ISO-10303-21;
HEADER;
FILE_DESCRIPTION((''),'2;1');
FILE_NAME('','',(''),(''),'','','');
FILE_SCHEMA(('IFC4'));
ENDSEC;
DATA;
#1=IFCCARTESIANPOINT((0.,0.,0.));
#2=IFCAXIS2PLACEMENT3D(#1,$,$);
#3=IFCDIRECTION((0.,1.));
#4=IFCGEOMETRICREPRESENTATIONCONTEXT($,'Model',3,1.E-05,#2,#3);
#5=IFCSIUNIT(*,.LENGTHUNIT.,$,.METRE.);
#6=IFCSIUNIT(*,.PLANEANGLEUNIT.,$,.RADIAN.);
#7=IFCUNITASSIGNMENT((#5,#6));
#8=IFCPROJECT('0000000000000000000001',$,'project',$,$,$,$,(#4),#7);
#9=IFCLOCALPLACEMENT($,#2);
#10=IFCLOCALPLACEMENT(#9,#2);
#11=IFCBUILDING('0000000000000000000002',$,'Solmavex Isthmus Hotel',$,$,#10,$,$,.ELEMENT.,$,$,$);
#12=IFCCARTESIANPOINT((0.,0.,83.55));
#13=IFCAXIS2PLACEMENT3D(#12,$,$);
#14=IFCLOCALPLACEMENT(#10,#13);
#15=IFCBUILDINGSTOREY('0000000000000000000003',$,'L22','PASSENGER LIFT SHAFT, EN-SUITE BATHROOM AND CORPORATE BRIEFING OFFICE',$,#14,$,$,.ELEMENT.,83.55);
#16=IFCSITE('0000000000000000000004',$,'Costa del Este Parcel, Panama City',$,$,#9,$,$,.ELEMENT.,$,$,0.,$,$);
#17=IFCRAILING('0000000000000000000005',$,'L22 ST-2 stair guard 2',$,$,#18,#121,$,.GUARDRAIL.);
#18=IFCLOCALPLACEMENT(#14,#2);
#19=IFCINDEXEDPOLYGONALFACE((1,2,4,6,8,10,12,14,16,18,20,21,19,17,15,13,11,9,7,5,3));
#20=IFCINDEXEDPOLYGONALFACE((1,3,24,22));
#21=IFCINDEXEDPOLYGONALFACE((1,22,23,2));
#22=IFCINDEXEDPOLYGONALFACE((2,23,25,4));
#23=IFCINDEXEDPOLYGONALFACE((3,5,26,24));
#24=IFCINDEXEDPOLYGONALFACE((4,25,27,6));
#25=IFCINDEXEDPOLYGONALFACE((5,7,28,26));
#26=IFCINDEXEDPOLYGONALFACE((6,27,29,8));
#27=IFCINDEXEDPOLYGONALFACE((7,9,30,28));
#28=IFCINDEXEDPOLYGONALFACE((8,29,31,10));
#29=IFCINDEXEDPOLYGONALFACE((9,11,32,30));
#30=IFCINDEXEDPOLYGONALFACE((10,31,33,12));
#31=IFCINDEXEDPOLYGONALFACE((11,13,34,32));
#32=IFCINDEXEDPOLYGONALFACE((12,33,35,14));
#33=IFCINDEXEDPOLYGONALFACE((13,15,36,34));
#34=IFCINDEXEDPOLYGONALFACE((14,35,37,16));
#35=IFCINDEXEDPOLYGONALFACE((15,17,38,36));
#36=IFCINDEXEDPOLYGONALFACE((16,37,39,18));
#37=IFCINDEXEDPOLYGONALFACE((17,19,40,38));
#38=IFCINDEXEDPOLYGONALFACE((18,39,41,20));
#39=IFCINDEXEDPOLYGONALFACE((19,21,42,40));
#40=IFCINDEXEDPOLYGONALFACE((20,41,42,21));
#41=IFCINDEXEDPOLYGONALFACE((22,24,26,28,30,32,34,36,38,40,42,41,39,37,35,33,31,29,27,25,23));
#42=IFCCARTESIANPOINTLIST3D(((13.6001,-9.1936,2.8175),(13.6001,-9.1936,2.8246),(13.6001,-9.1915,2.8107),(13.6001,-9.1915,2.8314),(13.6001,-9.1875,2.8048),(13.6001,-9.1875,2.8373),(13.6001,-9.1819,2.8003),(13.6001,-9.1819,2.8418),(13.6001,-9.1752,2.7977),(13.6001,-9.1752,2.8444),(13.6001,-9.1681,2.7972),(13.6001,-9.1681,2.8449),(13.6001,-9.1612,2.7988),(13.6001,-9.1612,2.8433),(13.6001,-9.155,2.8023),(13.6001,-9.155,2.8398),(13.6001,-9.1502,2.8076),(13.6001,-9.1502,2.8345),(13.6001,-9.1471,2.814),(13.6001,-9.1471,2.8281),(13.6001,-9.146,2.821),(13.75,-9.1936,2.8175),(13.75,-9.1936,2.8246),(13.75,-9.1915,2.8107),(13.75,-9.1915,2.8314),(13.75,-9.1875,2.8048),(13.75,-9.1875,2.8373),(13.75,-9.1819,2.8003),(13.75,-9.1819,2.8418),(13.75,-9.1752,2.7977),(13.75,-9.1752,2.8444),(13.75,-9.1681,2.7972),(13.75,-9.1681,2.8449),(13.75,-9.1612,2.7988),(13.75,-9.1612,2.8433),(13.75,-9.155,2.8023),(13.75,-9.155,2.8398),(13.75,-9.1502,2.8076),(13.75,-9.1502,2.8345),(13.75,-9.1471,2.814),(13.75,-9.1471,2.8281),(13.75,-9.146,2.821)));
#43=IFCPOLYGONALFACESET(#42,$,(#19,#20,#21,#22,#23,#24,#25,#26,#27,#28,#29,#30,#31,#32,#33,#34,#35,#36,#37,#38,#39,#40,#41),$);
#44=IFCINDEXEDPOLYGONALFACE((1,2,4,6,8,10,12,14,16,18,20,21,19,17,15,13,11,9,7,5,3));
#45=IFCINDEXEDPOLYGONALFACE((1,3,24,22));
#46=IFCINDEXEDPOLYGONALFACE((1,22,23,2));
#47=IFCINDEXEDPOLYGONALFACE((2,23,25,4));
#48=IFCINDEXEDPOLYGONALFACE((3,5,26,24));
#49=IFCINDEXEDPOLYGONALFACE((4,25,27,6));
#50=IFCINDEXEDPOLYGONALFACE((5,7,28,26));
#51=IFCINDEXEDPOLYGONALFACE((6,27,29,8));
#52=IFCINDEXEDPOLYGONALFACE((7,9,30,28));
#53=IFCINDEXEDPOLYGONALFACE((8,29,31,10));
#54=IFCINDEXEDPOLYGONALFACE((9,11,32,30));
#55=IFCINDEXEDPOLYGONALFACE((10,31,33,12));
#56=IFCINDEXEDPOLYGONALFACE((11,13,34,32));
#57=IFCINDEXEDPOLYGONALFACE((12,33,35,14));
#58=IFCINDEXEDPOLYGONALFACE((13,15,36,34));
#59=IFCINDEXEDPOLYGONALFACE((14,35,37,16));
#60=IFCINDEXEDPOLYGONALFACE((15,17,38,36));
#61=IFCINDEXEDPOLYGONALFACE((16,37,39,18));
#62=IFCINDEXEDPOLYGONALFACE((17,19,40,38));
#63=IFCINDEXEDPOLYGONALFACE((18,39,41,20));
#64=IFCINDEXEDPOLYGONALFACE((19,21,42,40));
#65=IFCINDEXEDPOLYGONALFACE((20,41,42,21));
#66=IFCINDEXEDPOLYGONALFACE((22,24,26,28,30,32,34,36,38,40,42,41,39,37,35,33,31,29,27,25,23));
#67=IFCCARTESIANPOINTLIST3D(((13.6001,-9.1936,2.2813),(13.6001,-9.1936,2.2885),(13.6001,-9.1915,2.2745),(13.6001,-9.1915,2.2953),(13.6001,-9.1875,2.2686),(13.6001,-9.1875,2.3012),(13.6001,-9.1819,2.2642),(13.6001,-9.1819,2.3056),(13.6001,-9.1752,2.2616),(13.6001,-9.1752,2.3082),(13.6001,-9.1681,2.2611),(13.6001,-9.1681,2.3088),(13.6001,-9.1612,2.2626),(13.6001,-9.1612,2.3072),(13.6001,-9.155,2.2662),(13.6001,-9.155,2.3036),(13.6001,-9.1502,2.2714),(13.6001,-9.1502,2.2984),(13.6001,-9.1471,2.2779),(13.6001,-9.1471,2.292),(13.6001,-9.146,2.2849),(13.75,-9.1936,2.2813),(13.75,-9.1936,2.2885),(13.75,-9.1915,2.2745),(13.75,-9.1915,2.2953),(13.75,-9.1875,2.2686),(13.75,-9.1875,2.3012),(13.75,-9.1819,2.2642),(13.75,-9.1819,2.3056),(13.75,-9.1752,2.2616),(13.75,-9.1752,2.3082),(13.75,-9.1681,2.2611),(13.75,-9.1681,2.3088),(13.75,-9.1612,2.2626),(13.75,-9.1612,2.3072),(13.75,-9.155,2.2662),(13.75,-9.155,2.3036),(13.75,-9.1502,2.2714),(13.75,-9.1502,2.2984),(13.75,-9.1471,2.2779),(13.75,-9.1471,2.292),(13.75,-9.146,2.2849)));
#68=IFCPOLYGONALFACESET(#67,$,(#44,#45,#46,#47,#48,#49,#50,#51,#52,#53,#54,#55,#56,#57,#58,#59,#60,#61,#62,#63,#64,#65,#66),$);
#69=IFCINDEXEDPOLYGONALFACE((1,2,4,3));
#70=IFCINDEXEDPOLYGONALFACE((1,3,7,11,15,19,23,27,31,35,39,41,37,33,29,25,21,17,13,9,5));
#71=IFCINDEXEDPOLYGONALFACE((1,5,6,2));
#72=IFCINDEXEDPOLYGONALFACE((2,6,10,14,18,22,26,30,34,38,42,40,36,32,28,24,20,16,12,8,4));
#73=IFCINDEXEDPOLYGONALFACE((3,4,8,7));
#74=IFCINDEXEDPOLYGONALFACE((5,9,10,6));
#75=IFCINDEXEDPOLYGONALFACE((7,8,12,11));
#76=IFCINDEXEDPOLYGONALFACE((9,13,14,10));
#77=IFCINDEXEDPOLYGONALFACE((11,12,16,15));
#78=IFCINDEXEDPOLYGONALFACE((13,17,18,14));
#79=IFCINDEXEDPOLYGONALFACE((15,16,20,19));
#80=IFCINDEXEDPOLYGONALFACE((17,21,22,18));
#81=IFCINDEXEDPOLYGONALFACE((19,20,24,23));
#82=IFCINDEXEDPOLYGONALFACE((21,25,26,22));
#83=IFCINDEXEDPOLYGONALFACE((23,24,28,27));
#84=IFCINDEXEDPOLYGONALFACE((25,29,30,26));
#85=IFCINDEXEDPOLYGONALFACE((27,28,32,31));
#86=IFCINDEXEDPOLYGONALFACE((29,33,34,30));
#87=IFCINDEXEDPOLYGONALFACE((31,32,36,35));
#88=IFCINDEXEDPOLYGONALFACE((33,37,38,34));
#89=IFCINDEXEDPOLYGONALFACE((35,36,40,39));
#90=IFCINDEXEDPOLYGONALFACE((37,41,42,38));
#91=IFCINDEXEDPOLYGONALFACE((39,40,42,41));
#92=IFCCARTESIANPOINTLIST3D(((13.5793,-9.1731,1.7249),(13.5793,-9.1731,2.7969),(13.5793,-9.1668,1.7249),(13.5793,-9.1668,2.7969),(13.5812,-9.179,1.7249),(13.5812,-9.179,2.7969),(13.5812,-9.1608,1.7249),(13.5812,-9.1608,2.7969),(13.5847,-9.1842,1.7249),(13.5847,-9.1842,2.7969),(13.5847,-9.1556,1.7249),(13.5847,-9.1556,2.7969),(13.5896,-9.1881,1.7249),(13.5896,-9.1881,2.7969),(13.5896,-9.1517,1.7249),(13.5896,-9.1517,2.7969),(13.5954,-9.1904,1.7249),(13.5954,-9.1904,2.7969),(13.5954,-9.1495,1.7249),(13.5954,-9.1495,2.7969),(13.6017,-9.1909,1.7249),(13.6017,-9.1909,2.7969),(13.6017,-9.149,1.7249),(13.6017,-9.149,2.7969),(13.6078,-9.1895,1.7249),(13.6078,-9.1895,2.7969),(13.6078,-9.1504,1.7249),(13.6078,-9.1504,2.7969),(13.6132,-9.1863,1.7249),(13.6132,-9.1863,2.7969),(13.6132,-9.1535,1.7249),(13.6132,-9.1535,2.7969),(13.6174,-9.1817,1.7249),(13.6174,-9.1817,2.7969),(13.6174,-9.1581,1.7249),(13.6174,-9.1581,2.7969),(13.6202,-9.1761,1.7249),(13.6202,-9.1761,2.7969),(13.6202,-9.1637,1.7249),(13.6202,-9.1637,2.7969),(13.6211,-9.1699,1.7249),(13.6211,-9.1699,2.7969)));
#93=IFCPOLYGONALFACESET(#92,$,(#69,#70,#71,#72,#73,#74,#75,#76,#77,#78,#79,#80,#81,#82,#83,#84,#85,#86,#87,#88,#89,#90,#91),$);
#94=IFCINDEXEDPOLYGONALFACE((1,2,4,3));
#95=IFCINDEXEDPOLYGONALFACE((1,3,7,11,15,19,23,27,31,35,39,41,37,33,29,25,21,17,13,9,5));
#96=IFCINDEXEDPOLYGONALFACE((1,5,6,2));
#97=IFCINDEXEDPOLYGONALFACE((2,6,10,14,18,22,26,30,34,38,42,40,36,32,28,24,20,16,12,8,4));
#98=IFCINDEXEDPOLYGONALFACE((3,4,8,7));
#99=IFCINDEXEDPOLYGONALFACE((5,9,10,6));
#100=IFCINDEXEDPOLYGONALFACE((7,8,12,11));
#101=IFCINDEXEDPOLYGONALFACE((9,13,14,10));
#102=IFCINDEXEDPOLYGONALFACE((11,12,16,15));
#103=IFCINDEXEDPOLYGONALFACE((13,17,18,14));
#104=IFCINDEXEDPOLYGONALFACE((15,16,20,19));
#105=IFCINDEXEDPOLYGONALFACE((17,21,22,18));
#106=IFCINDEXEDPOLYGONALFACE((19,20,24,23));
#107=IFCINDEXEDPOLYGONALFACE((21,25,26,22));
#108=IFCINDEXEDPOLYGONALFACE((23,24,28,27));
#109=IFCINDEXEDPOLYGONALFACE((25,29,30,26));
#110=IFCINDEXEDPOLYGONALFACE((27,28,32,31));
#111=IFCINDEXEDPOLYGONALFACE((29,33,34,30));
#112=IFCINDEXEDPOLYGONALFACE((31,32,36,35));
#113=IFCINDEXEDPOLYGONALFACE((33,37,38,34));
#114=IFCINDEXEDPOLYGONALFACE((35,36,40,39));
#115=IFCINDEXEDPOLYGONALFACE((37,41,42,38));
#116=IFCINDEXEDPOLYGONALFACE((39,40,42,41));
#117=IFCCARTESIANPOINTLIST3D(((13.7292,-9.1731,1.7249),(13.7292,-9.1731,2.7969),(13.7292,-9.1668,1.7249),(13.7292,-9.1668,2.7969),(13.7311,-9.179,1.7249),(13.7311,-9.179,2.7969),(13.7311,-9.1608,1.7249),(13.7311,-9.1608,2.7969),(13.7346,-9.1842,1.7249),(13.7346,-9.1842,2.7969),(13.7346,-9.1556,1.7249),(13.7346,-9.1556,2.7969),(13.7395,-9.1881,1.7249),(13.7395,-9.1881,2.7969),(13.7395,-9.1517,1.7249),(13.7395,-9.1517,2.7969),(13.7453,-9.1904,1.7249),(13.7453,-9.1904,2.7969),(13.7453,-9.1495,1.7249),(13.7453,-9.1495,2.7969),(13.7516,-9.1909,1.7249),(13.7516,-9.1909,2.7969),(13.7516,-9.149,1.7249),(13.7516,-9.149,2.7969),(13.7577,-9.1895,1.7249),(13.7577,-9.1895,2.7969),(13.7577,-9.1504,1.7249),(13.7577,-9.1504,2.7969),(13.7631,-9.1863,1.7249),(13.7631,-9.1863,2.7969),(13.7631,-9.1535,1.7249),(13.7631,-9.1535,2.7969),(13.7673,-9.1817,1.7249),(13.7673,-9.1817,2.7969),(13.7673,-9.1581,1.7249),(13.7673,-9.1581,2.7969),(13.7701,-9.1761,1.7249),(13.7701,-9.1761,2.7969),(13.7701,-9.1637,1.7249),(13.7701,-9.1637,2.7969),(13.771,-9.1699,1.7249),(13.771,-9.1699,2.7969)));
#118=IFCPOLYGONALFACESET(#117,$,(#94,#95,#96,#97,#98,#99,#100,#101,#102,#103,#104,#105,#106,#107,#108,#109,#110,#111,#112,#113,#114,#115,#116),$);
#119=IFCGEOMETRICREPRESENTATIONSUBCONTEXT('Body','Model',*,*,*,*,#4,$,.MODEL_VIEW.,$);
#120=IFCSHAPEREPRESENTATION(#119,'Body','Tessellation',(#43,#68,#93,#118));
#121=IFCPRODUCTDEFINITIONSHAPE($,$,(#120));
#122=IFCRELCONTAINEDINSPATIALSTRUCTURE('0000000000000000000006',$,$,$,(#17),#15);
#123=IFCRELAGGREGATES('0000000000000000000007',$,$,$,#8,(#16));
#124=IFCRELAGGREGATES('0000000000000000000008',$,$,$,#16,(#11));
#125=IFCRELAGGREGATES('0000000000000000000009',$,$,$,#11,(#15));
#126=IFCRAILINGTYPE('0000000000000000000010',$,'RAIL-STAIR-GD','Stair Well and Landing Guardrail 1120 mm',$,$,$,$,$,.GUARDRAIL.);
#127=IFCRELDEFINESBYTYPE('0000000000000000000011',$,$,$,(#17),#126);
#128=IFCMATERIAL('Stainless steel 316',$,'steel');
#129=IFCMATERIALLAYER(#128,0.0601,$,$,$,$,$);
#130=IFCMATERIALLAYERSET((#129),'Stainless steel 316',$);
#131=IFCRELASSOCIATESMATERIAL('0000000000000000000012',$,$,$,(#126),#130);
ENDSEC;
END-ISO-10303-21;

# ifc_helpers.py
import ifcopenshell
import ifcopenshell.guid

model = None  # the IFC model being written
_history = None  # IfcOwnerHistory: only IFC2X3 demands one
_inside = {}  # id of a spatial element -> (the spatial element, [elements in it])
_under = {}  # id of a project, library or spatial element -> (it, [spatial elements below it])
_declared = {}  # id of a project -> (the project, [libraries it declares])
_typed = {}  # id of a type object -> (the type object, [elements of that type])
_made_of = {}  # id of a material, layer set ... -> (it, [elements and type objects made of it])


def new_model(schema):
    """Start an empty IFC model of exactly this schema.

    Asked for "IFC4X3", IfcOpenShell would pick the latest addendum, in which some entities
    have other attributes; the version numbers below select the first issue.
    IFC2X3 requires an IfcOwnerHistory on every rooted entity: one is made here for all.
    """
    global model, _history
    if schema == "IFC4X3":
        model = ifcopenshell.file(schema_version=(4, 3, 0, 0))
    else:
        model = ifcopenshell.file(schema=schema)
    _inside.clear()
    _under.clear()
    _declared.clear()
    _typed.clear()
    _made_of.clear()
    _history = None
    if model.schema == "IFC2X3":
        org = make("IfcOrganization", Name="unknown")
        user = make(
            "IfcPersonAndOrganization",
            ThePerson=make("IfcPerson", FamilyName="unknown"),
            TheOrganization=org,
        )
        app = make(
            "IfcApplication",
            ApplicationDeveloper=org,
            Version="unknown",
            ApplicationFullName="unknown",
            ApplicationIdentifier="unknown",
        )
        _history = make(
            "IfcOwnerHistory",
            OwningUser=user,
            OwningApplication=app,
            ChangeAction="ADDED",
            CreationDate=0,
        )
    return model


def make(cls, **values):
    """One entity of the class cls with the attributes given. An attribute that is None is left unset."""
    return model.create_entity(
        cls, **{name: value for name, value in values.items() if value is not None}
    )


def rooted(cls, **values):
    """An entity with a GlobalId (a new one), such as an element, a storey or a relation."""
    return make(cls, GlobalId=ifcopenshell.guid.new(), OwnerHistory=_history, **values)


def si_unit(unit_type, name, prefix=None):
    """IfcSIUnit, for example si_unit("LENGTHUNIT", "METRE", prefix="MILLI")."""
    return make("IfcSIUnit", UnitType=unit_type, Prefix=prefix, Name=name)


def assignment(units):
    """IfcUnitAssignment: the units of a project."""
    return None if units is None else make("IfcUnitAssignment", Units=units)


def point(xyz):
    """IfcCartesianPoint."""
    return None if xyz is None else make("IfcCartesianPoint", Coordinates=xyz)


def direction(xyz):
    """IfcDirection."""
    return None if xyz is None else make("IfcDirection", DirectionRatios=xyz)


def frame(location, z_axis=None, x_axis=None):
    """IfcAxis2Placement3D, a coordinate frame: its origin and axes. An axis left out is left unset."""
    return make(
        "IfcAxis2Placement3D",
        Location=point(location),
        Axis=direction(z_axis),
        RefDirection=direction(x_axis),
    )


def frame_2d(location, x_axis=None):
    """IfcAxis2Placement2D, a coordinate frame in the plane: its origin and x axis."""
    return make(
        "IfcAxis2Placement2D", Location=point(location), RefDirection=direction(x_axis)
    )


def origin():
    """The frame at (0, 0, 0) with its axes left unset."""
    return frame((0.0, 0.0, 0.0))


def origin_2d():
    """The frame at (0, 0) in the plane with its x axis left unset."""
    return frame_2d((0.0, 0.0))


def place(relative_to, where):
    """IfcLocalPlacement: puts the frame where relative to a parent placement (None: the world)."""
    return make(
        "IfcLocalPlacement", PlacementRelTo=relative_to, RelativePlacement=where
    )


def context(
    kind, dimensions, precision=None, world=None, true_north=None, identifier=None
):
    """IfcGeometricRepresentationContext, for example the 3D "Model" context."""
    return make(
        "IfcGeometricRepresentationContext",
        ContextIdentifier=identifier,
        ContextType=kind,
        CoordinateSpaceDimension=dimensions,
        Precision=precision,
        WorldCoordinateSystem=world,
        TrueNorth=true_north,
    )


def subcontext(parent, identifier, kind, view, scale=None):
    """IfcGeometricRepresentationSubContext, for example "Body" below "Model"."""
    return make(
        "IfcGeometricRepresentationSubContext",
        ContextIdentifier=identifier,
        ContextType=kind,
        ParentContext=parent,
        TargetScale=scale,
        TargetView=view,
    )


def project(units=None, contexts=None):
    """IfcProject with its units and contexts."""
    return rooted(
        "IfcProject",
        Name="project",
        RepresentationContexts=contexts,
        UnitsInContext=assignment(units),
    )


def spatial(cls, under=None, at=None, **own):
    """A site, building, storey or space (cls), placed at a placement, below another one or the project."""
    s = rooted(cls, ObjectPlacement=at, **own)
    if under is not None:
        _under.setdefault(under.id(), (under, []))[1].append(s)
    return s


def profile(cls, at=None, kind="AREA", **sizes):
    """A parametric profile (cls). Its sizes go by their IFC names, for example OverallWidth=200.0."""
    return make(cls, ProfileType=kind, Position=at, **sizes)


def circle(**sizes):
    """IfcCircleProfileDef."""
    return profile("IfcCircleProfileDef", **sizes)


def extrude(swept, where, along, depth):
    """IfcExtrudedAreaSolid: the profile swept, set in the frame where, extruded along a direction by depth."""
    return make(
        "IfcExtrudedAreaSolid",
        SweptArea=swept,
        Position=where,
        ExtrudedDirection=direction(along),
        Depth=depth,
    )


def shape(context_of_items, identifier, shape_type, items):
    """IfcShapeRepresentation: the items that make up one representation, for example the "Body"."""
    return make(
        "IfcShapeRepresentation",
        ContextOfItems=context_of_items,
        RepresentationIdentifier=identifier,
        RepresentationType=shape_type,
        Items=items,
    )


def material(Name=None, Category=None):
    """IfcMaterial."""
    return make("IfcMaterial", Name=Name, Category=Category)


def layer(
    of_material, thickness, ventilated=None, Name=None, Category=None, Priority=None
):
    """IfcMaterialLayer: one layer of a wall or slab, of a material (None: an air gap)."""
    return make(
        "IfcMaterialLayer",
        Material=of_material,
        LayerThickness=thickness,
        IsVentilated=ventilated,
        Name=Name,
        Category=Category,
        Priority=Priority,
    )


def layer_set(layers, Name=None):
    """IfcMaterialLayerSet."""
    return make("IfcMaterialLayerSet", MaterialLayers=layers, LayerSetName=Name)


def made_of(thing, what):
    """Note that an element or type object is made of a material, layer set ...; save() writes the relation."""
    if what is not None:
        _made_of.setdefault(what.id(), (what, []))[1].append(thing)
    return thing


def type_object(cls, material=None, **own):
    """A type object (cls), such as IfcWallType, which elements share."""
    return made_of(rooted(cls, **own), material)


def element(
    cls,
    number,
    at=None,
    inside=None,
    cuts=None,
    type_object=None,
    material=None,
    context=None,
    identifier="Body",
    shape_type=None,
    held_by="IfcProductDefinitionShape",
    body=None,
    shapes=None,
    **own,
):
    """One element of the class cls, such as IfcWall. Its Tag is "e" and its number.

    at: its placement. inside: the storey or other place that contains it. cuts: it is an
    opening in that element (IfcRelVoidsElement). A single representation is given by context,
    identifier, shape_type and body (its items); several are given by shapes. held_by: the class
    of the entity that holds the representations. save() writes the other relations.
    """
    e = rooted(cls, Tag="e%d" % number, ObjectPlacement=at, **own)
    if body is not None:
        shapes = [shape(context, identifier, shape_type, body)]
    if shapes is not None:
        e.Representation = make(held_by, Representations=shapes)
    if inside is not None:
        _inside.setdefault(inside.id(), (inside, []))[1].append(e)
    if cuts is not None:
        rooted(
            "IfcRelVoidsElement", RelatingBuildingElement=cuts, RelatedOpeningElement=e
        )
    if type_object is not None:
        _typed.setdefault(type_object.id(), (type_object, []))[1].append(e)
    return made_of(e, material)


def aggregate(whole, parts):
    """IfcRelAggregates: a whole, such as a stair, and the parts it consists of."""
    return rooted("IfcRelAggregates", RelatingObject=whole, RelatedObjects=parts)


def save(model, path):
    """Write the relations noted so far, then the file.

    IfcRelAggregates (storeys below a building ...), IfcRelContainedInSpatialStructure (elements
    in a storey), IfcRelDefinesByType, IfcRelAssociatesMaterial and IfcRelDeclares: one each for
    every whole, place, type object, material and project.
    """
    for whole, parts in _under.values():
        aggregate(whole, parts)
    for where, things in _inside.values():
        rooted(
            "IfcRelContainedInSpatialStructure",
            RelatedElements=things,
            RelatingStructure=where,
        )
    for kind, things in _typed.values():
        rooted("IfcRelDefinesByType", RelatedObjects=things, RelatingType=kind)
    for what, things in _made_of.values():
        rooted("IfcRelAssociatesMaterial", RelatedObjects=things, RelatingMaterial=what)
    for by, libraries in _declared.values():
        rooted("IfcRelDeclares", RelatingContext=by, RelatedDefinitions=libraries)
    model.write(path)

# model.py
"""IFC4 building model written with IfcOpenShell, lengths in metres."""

from ifc_helpers import new_model, si_unit, direction, frame, origin, origin_2d, place, context, subcontext, project, spatial, circle, extrude, material, layer, layer_set, type_object, element, save


model = new_model("IFC4")

# Units and contexts
model_context = context("Model", 3, precision=1e-05, world=origin(), true_north=direction((0.0, 1.0)))
body_context = subcontext(model_context, "Body", "Model", "MODEL_VIEW")
ifc_project = project(units=[si_unit("LENGTHUNIT", "METRE"), si_unit("PLANEANGLEUNIT", "RADIAN")], contexts=[model_context])

# Site, building, storey
site_placement = place(None, origin())
site = spatial("IfcSite", under=ifc_project, at=site_placement, Name="Costa del Este Parcel, Panama City", CompositionType="ELEMENT", RefElevation=0.0)
building_placement = place(site_placement, origin())
building = spatial("IfcBuilding", under=site, at=building_placement, Name="Solmavex Isthmus Hotel", CompositionType="ELEMENT")
storey_placement = place(building_placement, frame((0.0, 0.0, 83.55)))
storey = spatial("IfcBuildingStorey", under=building, at=storey_placement, Name="L22", Description="PASSENGER LIFT SHAFT, EN-SUITE BATHROOM AND CORPORATE BRIEFING OFFICE", CompositionType="ELEMENT", Elevation=83.55)

# Railing
ifc_material_1 = material(Name="Stainless steel 316", Category="steel")
ifc_layer_1 = layer(ifc_material_1, 0.0601)
ifc_layer_set_1 = layer_set([ifc_layer_1], Name="Stainless steel 316")
railing_type_1 = type_object("IfcRailingType", Name="RAIL-STAIR-GD", Description="Stair Well and Landing Guardrail 1120 mm", PredefinedType="GUARDRAIL", material=ifc_layer_set_1)
railing_1_placement = place(storey_placement, frame((13.6001, -9.1699, 1.7249)))
element("IfcRailing", 1, at=railing_1_placement, inside=storey, type_object=railing_type_1, Name="L22 ST-2 stair guard 2", PredefinedType="GUARDRAIL", context=body_context, shape_type="SweptSolid", body=[
    extrude(circle(Radius=0.0239, at=origin_2d()), frame((0.0, 0.0, 1.0962), z_axis=(1.0, 0.0, 0.0), x_axis=(0.0, 1.0, 0.0)), (0.0, 0.0, 1.0), 0.1499),
    extrude(circle(Radius=0.0239, at=origin_2d()), frame((0.0, 0.0, 0.5601), z_axis=(1.0, 0.0, 0.0), x_axis=(0.0, 1.0, 0.0)), (0.0, 0.0, 1.0), 0.1499),
    extrude(circle(Radius=0.021, at=origin_2d()), origin(), (0.0, 0.0, 1.0), 1.072),
    extrude(circle(Radius=0.021, at=origin_2d()), frame((0.1499, 0.0, 0.0)), (0.0, 0.0, 1.0), 1.072),
])

save(model, "model.ifc")
